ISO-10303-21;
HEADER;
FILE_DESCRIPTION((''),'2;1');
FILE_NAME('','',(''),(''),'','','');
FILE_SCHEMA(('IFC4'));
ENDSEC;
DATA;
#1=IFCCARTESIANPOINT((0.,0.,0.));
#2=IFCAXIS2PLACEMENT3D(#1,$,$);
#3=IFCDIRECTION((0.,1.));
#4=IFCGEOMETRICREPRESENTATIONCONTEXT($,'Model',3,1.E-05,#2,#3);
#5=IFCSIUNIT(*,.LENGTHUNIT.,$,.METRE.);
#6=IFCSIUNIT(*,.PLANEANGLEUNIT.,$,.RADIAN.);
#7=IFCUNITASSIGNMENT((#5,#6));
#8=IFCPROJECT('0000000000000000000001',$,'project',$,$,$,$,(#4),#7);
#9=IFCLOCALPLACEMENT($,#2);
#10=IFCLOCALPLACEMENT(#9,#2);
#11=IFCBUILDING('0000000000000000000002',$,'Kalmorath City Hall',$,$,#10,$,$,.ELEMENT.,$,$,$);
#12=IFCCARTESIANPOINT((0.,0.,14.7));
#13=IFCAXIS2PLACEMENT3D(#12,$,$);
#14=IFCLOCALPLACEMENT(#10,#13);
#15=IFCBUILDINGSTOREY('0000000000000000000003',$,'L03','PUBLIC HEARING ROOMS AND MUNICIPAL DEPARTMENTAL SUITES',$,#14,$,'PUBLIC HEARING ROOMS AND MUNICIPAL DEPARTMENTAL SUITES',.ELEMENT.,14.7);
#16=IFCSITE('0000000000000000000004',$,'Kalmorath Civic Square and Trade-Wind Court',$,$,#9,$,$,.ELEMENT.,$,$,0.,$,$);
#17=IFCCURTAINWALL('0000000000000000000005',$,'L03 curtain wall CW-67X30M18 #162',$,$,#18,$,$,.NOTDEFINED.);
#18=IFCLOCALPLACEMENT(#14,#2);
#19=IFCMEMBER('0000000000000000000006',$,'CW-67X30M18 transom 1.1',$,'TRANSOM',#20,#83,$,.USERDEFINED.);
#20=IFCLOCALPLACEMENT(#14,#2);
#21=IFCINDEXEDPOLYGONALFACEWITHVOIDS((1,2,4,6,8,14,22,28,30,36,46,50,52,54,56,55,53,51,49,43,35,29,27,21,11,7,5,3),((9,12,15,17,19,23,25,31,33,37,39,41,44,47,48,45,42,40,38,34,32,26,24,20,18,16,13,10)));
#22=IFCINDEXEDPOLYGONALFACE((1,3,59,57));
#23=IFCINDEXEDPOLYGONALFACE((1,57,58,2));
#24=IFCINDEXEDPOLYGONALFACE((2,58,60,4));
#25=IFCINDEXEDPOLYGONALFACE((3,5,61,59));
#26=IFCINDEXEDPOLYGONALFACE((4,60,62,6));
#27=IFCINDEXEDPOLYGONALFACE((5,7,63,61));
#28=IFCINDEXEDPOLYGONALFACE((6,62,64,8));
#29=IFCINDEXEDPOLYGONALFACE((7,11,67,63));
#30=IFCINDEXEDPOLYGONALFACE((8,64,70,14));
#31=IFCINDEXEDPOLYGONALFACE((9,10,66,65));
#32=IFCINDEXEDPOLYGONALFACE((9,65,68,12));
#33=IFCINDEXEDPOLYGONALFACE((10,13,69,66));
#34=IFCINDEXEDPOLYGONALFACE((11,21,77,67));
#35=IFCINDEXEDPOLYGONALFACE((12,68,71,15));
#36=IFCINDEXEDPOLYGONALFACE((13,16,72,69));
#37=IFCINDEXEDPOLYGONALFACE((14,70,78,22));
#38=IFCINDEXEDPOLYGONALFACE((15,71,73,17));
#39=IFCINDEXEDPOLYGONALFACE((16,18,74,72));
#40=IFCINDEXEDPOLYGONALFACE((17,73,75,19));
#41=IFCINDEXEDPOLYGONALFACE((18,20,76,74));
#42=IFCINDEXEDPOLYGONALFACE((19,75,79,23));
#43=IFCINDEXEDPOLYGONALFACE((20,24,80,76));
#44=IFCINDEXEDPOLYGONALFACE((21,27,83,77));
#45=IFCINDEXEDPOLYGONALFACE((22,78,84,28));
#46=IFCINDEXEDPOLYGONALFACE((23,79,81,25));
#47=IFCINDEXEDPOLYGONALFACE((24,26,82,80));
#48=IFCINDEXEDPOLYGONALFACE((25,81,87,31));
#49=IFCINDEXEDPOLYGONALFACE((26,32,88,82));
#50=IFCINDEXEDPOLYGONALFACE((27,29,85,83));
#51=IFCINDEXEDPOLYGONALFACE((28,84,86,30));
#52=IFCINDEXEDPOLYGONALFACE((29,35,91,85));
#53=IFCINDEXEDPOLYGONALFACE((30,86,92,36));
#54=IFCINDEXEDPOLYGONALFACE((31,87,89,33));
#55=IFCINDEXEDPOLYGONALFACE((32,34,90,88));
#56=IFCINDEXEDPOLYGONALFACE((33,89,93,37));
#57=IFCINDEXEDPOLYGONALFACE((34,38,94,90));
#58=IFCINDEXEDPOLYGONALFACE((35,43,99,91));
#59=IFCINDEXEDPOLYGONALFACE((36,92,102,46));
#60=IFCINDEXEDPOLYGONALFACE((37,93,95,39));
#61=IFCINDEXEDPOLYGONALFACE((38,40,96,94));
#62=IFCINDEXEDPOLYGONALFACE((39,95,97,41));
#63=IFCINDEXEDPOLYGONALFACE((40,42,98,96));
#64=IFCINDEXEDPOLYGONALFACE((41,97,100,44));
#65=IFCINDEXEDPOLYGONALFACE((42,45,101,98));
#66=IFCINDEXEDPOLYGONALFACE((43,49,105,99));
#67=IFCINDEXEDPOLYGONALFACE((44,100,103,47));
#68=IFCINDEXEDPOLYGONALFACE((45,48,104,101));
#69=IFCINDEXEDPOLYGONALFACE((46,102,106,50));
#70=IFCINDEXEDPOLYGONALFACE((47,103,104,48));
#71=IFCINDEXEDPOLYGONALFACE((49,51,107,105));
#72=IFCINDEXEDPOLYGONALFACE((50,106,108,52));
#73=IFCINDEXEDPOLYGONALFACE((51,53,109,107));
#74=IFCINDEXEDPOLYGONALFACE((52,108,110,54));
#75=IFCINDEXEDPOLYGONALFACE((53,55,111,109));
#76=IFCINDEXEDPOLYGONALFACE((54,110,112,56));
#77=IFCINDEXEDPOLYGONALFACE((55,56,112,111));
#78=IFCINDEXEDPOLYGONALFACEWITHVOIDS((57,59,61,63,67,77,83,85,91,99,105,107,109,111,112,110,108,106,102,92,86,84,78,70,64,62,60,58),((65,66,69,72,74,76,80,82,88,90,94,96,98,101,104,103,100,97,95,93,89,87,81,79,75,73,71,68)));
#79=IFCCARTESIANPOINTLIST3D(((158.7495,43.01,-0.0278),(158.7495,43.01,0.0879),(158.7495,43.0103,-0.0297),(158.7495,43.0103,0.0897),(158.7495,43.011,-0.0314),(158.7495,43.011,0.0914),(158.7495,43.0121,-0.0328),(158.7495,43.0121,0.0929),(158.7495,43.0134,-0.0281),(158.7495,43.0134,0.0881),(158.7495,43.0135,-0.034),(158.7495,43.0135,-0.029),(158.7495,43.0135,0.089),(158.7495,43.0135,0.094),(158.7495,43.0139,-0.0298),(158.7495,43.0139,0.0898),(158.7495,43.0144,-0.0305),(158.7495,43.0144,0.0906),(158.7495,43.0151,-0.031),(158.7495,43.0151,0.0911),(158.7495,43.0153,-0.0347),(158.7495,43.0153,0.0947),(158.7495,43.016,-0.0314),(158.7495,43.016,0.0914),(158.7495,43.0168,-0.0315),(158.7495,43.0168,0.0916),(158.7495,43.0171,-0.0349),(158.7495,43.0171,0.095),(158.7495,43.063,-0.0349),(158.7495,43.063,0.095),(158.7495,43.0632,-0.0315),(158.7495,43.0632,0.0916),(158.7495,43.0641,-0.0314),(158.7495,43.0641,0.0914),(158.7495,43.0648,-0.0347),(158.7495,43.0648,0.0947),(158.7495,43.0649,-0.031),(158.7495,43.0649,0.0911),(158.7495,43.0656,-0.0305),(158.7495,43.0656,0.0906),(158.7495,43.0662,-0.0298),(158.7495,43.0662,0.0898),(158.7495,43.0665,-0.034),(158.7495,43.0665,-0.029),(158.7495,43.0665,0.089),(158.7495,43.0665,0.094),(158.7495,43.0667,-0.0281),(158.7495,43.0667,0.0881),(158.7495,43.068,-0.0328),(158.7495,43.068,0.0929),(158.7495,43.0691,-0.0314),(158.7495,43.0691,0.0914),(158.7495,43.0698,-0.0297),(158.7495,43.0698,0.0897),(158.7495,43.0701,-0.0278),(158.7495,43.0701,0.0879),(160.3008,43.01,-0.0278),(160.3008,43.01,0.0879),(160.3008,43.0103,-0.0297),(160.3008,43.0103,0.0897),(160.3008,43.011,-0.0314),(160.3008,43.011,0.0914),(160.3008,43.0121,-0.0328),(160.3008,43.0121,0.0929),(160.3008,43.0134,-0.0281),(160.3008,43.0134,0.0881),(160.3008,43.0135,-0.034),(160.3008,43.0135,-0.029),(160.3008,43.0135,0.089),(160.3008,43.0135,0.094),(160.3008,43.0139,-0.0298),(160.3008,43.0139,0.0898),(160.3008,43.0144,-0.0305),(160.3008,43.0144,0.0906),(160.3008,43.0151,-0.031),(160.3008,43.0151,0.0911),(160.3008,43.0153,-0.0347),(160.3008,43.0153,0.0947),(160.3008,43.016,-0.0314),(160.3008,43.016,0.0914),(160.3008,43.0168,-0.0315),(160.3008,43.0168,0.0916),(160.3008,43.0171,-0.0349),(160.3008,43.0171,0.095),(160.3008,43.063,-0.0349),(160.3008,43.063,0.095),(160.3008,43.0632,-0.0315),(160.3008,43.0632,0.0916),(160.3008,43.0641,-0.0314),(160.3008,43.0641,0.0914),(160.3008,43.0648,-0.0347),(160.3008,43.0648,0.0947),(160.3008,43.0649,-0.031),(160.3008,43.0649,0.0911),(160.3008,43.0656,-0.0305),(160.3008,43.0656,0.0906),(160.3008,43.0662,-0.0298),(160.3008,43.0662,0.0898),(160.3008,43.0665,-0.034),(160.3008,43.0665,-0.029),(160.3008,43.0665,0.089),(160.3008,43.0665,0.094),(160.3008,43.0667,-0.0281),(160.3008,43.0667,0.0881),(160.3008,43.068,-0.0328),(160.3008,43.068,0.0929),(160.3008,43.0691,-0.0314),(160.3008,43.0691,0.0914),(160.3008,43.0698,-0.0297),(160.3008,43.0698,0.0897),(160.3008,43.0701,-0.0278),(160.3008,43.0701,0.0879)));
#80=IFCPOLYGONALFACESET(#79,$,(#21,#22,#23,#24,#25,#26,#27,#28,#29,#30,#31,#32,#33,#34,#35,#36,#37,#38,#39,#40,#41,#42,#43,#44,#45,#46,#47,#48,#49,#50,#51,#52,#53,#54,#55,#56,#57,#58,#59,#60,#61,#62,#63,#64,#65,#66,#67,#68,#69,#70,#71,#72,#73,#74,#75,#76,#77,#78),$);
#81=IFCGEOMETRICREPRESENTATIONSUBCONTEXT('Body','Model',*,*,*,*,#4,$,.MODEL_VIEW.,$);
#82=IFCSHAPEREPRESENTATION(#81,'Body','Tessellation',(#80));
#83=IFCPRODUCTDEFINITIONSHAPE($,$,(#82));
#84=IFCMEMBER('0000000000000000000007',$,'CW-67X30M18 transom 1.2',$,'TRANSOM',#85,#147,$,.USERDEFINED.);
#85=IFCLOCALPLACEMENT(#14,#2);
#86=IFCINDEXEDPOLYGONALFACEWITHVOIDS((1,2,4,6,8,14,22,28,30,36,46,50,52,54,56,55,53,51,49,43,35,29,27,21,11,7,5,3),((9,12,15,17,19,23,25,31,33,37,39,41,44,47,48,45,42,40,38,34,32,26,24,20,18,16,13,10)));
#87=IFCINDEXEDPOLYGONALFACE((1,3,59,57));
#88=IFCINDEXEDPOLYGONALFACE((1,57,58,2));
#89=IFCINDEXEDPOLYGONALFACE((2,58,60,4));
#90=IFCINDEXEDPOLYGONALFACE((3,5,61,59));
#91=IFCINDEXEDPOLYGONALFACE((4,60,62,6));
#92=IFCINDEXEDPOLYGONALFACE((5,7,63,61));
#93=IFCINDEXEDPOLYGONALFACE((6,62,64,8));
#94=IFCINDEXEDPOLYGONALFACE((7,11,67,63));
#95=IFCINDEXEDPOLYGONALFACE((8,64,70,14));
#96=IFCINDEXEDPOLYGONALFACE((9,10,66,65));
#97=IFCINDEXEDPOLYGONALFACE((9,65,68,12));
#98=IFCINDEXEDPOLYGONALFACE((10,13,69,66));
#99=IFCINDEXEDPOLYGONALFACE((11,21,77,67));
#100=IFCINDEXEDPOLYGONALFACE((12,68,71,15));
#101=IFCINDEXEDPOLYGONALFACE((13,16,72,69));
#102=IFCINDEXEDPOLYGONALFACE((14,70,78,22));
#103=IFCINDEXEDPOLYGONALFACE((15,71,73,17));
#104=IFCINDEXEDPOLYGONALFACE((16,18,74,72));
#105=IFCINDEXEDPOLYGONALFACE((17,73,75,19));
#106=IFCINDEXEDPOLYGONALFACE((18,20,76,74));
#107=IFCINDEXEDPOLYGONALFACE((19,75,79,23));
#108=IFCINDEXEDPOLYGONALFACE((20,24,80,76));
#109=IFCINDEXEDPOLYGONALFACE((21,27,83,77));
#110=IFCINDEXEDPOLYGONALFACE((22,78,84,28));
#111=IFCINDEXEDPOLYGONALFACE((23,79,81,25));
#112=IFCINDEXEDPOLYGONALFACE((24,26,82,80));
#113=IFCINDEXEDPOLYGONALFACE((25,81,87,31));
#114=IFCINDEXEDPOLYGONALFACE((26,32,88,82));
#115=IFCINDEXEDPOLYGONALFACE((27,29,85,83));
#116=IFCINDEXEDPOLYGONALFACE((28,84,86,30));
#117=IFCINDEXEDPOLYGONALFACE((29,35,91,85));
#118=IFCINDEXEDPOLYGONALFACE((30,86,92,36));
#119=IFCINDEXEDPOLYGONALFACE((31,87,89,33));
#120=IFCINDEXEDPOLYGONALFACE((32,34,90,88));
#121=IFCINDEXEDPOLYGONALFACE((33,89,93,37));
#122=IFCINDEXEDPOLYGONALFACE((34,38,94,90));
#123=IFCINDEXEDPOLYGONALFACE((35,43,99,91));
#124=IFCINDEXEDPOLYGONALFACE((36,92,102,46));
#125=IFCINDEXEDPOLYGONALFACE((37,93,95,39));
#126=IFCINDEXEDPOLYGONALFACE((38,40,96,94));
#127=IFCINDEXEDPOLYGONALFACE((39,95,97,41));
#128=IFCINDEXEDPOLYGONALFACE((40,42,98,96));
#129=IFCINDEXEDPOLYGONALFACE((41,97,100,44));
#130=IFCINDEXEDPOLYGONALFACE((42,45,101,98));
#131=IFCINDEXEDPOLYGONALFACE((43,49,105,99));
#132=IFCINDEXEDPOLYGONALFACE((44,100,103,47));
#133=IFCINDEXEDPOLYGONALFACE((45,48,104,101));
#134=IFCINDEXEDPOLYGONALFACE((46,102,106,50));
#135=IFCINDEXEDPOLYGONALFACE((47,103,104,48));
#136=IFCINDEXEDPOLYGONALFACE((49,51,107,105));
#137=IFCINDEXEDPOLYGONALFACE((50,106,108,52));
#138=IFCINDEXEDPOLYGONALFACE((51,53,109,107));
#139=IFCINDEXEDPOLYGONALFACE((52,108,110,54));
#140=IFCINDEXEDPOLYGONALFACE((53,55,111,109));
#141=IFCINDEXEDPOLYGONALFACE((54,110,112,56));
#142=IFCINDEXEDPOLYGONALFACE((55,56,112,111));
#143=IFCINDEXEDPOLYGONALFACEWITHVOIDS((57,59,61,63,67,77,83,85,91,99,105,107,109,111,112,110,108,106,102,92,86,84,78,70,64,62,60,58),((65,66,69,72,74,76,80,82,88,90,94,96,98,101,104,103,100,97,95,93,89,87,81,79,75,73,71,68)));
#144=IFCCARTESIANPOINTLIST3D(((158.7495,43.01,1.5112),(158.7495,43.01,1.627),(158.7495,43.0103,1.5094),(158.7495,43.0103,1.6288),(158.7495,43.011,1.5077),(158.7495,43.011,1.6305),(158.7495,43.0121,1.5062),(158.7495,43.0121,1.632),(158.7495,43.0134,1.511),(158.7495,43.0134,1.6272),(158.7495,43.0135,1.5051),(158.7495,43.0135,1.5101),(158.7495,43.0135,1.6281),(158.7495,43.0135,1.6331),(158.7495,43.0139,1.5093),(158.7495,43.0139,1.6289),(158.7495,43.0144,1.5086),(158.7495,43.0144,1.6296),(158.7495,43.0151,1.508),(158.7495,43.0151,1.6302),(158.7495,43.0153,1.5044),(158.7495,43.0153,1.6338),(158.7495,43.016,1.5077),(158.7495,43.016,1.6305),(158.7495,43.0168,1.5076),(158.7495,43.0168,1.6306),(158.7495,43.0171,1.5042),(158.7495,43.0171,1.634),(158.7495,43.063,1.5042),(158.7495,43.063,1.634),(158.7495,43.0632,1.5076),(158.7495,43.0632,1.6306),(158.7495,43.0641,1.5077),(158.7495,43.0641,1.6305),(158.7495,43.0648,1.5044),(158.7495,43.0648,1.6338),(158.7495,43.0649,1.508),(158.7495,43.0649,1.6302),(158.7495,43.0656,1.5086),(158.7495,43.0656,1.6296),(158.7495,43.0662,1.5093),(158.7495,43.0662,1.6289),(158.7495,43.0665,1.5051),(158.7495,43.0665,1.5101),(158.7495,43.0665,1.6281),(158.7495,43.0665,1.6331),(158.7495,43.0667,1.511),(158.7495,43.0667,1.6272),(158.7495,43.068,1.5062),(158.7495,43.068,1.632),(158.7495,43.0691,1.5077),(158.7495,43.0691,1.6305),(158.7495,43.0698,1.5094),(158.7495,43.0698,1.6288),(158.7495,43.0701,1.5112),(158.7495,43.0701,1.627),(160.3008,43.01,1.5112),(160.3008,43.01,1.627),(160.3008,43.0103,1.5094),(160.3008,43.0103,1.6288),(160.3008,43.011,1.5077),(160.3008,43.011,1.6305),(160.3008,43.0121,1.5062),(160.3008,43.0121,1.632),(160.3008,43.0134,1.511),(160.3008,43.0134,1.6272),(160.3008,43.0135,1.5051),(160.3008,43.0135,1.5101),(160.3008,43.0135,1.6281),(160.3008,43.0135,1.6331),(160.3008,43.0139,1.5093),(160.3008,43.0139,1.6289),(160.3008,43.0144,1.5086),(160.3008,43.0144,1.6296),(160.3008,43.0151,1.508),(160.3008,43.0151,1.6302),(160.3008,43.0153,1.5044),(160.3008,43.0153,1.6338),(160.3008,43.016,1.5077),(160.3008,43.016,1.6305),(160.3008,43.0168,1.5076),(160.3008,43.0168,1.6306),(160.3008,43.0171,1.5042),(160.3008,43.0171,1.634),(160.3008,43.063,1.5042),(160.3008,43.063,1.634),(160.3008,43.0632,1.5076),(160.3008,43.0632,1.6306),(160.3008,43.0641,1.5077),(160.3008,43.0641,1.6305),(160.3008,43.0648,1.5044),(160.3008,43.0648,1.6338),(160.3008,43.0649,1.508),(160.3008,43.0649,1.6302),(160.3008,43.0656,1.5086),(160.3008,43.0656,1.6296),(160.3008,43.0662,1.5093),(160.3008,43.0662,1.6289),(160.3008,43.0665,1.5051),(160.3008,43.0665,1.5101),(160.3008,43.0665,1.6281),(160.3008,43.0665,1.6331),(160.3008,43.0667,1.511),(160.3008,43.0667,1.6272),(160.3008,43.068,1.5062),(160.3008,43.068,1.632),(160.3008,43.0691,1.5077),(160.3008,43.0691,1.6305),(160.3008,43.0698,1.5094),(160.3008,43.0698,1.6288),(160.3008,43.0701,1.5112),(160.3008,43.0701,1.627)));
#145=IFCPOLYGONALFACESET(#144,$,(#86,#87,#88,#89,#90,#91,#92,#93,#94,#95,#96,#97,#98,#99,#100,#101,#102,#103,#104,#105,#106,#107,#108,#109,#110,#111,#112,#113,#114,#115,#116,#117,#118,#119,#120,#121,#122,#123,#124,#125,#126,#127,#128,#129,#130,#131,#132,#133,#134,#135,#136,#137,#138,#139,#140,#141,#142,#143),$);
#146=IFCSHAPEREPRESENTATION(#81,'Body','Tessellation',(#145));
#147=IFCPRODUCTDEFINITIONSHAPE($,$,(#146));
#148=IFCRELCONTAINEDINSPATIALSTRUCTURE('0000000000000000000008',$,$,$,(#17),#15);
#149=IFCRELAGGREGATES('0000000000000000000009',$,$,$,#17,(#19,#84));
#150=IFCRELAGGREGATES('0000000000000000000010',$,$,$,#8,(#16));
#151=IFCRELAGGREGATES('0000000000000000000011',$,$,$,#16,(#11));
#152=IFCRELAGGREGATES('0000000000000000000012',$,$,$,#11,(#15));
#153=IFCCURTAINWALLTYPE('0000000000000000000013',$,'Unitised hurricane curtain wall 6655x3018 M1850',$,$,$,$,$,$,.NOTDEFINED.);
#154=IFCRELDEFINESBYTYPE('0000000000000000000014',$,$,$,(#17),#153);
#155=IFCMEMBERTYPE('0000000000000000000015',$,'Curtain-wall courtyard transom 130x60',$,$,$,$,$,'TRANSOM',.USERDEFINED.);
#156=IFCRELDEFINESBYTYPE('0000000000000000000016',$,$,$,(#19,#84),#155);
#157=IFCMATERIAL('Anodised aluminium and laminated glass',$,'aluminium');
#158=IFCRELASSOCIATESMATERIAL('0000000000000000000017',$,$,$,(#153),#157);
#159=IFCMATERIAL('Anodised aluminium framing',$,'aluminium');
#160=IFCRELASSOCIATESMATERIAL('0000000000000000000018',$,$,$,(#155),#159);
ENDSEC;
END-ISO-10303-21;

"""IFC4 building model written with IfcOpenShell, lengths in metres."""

from ifc_helpers import new_model, si_unit, direction, frame, origin, origin_2d, place, context, subcontext, project, spatial, hollow_rectangle, extrude, material, material_profile, profile_set, type_object, element, aggregate, save


model = new_model("IFC4")

# Units and contexts
model_context = context("Model", 3, precision=1e-05, world=origin(), true_north=direction((0.0, 1.0)))
body_context = subcontext(model_context, "Body", "Model", "MODEL_VIEW")
ifc_project = project(units=[si_unit("LENGTHUNIT", "METRE"), si_unit("PLANEANGLEUNIT", "RADIAN")], contexts=[model_context])

# Site, building, storey
site_placement = place(None, origin())
site = spatial("IfcSite", under=ifc_project, at=site_placement, Name="Kalmorath Civic Square and Trade-Wind Court", CompositionType="ELEMENT", RefElevation=0.0)
building_placement = place(site_placement, origin())
building = spatial("IfcBuilding", under=site, at=building_placement, Name="Kalmorath City Hall", CompositionType="ELEMENT")
storey_placement = place(building_placement, frame((0.0, 0.0, 14.7)))
storey = spatial("IfcBuildingStorey", under=building, at=storey_placement, Name="L03", Description="PUBLIC HEARING ROOMS AND MUNICIPAL DEPARTMENTAL SUITES", LongName="PUBLIC HEARING ROOMS AND MUNICIPAL DEPARTMENTAL SUITES", CompositionType="ELEMENT", Elevation=14.7)

# Curtain wall, members
ifc_material_1 = material(Name="Anodised aluminium and laminated glass", Category="aluminium")
curtain_wall_type = type_object("IfcCurtainWallType", Name="Unitised hurricane curtain wall 6655x3018 M1850", PredefinedType="NOTDEFINED", material=ifc_material_1)
curtain_wall_placement = place(storey_placement, origin())
curtain_wall = element("IfcCurtainWall", 1, at=curtain_wall_placement, inside=storey, type_object=curtain_wall_type, Name="L03 curtain wall CW-67X30M18 #162", PredefinedType="NOTDEFINED")
ifc_material_2 = material(Name="Anodised aluminium framing", Category="aluminium")
ifc_material_profile_1 = material_profile(ifc_material_2, hollow_rectangle(XDim=0.0601, YDim=0.1299, WallThickness=0.0034, InnerFilletRadius=0.0034, OuterFilletRadius=0.0071, at=origin_2d()), Name="ALU-TRN-130X60X3.5")
ifc_profile_set_1 = profile_set([ifc_material_profile_1], Name="Anodised aluminium framing")
member_type_1 = type_object("IfcMemberType", Name="Curtain-wall courtyard transom 130x60", ElementType="TRANSOM", PredefinedType="USERDEFINED", material=ifc_profile_set_1)
member_1_placement = place(storey_placement, frame((158.7495, 43.04, 0.03), z_axis=(1.0, 0.0, 0.0), x_axis=(0.0, 1.0, 0.0)))
member_1 = element("IfcMember", 2, at=member_1_placement, type_object=member_type_1, Name="CW-67X30M18 transom 1.1", ObjectType="TRANSOM", PredefinedType="USERDEFINED", context=body_context, shape_type="SweptSolid", body=[
    extrude(hollow_rectangle(XDim=0.0601, YDim=0.1299, WallThickness=0.0034, InnerFilletRadius=0.0034, OuterFilletRadius=0.0071, at=origin_2d()), origin(), (0.0, 0.0, 1.0), 1.5513),
])
member_2_placement = place(storey_placement, frame((158.7495, 43.04, 1.5691), z_axis=(1.0, 0.0, 0.0), x_axis=(0.0, 1.0, 0.0)))
member_2 = element("IfcMember", 3, at=member_2_placement, type_object=member_type_1, Name="CW-67X30M18 transom 1.2", ObjectType="TRANSOM", PredefinedType="USERDEFINED", context=body_context, shape_type="SweptSolid", body=[
    extrude(hollow_rectangle(XDim=0.0601, YDim=0.1299, WallThickness=0.0034, InnerFilletRadius=0.0034, OuterFilletRadius=0.0071, at=origin_2d()), origin(), (0.0, 0.0, 1.0), 1.5513),
])
aggregate(curtain_wall, [member_1, member_2])

save(model, "model.ifc")
